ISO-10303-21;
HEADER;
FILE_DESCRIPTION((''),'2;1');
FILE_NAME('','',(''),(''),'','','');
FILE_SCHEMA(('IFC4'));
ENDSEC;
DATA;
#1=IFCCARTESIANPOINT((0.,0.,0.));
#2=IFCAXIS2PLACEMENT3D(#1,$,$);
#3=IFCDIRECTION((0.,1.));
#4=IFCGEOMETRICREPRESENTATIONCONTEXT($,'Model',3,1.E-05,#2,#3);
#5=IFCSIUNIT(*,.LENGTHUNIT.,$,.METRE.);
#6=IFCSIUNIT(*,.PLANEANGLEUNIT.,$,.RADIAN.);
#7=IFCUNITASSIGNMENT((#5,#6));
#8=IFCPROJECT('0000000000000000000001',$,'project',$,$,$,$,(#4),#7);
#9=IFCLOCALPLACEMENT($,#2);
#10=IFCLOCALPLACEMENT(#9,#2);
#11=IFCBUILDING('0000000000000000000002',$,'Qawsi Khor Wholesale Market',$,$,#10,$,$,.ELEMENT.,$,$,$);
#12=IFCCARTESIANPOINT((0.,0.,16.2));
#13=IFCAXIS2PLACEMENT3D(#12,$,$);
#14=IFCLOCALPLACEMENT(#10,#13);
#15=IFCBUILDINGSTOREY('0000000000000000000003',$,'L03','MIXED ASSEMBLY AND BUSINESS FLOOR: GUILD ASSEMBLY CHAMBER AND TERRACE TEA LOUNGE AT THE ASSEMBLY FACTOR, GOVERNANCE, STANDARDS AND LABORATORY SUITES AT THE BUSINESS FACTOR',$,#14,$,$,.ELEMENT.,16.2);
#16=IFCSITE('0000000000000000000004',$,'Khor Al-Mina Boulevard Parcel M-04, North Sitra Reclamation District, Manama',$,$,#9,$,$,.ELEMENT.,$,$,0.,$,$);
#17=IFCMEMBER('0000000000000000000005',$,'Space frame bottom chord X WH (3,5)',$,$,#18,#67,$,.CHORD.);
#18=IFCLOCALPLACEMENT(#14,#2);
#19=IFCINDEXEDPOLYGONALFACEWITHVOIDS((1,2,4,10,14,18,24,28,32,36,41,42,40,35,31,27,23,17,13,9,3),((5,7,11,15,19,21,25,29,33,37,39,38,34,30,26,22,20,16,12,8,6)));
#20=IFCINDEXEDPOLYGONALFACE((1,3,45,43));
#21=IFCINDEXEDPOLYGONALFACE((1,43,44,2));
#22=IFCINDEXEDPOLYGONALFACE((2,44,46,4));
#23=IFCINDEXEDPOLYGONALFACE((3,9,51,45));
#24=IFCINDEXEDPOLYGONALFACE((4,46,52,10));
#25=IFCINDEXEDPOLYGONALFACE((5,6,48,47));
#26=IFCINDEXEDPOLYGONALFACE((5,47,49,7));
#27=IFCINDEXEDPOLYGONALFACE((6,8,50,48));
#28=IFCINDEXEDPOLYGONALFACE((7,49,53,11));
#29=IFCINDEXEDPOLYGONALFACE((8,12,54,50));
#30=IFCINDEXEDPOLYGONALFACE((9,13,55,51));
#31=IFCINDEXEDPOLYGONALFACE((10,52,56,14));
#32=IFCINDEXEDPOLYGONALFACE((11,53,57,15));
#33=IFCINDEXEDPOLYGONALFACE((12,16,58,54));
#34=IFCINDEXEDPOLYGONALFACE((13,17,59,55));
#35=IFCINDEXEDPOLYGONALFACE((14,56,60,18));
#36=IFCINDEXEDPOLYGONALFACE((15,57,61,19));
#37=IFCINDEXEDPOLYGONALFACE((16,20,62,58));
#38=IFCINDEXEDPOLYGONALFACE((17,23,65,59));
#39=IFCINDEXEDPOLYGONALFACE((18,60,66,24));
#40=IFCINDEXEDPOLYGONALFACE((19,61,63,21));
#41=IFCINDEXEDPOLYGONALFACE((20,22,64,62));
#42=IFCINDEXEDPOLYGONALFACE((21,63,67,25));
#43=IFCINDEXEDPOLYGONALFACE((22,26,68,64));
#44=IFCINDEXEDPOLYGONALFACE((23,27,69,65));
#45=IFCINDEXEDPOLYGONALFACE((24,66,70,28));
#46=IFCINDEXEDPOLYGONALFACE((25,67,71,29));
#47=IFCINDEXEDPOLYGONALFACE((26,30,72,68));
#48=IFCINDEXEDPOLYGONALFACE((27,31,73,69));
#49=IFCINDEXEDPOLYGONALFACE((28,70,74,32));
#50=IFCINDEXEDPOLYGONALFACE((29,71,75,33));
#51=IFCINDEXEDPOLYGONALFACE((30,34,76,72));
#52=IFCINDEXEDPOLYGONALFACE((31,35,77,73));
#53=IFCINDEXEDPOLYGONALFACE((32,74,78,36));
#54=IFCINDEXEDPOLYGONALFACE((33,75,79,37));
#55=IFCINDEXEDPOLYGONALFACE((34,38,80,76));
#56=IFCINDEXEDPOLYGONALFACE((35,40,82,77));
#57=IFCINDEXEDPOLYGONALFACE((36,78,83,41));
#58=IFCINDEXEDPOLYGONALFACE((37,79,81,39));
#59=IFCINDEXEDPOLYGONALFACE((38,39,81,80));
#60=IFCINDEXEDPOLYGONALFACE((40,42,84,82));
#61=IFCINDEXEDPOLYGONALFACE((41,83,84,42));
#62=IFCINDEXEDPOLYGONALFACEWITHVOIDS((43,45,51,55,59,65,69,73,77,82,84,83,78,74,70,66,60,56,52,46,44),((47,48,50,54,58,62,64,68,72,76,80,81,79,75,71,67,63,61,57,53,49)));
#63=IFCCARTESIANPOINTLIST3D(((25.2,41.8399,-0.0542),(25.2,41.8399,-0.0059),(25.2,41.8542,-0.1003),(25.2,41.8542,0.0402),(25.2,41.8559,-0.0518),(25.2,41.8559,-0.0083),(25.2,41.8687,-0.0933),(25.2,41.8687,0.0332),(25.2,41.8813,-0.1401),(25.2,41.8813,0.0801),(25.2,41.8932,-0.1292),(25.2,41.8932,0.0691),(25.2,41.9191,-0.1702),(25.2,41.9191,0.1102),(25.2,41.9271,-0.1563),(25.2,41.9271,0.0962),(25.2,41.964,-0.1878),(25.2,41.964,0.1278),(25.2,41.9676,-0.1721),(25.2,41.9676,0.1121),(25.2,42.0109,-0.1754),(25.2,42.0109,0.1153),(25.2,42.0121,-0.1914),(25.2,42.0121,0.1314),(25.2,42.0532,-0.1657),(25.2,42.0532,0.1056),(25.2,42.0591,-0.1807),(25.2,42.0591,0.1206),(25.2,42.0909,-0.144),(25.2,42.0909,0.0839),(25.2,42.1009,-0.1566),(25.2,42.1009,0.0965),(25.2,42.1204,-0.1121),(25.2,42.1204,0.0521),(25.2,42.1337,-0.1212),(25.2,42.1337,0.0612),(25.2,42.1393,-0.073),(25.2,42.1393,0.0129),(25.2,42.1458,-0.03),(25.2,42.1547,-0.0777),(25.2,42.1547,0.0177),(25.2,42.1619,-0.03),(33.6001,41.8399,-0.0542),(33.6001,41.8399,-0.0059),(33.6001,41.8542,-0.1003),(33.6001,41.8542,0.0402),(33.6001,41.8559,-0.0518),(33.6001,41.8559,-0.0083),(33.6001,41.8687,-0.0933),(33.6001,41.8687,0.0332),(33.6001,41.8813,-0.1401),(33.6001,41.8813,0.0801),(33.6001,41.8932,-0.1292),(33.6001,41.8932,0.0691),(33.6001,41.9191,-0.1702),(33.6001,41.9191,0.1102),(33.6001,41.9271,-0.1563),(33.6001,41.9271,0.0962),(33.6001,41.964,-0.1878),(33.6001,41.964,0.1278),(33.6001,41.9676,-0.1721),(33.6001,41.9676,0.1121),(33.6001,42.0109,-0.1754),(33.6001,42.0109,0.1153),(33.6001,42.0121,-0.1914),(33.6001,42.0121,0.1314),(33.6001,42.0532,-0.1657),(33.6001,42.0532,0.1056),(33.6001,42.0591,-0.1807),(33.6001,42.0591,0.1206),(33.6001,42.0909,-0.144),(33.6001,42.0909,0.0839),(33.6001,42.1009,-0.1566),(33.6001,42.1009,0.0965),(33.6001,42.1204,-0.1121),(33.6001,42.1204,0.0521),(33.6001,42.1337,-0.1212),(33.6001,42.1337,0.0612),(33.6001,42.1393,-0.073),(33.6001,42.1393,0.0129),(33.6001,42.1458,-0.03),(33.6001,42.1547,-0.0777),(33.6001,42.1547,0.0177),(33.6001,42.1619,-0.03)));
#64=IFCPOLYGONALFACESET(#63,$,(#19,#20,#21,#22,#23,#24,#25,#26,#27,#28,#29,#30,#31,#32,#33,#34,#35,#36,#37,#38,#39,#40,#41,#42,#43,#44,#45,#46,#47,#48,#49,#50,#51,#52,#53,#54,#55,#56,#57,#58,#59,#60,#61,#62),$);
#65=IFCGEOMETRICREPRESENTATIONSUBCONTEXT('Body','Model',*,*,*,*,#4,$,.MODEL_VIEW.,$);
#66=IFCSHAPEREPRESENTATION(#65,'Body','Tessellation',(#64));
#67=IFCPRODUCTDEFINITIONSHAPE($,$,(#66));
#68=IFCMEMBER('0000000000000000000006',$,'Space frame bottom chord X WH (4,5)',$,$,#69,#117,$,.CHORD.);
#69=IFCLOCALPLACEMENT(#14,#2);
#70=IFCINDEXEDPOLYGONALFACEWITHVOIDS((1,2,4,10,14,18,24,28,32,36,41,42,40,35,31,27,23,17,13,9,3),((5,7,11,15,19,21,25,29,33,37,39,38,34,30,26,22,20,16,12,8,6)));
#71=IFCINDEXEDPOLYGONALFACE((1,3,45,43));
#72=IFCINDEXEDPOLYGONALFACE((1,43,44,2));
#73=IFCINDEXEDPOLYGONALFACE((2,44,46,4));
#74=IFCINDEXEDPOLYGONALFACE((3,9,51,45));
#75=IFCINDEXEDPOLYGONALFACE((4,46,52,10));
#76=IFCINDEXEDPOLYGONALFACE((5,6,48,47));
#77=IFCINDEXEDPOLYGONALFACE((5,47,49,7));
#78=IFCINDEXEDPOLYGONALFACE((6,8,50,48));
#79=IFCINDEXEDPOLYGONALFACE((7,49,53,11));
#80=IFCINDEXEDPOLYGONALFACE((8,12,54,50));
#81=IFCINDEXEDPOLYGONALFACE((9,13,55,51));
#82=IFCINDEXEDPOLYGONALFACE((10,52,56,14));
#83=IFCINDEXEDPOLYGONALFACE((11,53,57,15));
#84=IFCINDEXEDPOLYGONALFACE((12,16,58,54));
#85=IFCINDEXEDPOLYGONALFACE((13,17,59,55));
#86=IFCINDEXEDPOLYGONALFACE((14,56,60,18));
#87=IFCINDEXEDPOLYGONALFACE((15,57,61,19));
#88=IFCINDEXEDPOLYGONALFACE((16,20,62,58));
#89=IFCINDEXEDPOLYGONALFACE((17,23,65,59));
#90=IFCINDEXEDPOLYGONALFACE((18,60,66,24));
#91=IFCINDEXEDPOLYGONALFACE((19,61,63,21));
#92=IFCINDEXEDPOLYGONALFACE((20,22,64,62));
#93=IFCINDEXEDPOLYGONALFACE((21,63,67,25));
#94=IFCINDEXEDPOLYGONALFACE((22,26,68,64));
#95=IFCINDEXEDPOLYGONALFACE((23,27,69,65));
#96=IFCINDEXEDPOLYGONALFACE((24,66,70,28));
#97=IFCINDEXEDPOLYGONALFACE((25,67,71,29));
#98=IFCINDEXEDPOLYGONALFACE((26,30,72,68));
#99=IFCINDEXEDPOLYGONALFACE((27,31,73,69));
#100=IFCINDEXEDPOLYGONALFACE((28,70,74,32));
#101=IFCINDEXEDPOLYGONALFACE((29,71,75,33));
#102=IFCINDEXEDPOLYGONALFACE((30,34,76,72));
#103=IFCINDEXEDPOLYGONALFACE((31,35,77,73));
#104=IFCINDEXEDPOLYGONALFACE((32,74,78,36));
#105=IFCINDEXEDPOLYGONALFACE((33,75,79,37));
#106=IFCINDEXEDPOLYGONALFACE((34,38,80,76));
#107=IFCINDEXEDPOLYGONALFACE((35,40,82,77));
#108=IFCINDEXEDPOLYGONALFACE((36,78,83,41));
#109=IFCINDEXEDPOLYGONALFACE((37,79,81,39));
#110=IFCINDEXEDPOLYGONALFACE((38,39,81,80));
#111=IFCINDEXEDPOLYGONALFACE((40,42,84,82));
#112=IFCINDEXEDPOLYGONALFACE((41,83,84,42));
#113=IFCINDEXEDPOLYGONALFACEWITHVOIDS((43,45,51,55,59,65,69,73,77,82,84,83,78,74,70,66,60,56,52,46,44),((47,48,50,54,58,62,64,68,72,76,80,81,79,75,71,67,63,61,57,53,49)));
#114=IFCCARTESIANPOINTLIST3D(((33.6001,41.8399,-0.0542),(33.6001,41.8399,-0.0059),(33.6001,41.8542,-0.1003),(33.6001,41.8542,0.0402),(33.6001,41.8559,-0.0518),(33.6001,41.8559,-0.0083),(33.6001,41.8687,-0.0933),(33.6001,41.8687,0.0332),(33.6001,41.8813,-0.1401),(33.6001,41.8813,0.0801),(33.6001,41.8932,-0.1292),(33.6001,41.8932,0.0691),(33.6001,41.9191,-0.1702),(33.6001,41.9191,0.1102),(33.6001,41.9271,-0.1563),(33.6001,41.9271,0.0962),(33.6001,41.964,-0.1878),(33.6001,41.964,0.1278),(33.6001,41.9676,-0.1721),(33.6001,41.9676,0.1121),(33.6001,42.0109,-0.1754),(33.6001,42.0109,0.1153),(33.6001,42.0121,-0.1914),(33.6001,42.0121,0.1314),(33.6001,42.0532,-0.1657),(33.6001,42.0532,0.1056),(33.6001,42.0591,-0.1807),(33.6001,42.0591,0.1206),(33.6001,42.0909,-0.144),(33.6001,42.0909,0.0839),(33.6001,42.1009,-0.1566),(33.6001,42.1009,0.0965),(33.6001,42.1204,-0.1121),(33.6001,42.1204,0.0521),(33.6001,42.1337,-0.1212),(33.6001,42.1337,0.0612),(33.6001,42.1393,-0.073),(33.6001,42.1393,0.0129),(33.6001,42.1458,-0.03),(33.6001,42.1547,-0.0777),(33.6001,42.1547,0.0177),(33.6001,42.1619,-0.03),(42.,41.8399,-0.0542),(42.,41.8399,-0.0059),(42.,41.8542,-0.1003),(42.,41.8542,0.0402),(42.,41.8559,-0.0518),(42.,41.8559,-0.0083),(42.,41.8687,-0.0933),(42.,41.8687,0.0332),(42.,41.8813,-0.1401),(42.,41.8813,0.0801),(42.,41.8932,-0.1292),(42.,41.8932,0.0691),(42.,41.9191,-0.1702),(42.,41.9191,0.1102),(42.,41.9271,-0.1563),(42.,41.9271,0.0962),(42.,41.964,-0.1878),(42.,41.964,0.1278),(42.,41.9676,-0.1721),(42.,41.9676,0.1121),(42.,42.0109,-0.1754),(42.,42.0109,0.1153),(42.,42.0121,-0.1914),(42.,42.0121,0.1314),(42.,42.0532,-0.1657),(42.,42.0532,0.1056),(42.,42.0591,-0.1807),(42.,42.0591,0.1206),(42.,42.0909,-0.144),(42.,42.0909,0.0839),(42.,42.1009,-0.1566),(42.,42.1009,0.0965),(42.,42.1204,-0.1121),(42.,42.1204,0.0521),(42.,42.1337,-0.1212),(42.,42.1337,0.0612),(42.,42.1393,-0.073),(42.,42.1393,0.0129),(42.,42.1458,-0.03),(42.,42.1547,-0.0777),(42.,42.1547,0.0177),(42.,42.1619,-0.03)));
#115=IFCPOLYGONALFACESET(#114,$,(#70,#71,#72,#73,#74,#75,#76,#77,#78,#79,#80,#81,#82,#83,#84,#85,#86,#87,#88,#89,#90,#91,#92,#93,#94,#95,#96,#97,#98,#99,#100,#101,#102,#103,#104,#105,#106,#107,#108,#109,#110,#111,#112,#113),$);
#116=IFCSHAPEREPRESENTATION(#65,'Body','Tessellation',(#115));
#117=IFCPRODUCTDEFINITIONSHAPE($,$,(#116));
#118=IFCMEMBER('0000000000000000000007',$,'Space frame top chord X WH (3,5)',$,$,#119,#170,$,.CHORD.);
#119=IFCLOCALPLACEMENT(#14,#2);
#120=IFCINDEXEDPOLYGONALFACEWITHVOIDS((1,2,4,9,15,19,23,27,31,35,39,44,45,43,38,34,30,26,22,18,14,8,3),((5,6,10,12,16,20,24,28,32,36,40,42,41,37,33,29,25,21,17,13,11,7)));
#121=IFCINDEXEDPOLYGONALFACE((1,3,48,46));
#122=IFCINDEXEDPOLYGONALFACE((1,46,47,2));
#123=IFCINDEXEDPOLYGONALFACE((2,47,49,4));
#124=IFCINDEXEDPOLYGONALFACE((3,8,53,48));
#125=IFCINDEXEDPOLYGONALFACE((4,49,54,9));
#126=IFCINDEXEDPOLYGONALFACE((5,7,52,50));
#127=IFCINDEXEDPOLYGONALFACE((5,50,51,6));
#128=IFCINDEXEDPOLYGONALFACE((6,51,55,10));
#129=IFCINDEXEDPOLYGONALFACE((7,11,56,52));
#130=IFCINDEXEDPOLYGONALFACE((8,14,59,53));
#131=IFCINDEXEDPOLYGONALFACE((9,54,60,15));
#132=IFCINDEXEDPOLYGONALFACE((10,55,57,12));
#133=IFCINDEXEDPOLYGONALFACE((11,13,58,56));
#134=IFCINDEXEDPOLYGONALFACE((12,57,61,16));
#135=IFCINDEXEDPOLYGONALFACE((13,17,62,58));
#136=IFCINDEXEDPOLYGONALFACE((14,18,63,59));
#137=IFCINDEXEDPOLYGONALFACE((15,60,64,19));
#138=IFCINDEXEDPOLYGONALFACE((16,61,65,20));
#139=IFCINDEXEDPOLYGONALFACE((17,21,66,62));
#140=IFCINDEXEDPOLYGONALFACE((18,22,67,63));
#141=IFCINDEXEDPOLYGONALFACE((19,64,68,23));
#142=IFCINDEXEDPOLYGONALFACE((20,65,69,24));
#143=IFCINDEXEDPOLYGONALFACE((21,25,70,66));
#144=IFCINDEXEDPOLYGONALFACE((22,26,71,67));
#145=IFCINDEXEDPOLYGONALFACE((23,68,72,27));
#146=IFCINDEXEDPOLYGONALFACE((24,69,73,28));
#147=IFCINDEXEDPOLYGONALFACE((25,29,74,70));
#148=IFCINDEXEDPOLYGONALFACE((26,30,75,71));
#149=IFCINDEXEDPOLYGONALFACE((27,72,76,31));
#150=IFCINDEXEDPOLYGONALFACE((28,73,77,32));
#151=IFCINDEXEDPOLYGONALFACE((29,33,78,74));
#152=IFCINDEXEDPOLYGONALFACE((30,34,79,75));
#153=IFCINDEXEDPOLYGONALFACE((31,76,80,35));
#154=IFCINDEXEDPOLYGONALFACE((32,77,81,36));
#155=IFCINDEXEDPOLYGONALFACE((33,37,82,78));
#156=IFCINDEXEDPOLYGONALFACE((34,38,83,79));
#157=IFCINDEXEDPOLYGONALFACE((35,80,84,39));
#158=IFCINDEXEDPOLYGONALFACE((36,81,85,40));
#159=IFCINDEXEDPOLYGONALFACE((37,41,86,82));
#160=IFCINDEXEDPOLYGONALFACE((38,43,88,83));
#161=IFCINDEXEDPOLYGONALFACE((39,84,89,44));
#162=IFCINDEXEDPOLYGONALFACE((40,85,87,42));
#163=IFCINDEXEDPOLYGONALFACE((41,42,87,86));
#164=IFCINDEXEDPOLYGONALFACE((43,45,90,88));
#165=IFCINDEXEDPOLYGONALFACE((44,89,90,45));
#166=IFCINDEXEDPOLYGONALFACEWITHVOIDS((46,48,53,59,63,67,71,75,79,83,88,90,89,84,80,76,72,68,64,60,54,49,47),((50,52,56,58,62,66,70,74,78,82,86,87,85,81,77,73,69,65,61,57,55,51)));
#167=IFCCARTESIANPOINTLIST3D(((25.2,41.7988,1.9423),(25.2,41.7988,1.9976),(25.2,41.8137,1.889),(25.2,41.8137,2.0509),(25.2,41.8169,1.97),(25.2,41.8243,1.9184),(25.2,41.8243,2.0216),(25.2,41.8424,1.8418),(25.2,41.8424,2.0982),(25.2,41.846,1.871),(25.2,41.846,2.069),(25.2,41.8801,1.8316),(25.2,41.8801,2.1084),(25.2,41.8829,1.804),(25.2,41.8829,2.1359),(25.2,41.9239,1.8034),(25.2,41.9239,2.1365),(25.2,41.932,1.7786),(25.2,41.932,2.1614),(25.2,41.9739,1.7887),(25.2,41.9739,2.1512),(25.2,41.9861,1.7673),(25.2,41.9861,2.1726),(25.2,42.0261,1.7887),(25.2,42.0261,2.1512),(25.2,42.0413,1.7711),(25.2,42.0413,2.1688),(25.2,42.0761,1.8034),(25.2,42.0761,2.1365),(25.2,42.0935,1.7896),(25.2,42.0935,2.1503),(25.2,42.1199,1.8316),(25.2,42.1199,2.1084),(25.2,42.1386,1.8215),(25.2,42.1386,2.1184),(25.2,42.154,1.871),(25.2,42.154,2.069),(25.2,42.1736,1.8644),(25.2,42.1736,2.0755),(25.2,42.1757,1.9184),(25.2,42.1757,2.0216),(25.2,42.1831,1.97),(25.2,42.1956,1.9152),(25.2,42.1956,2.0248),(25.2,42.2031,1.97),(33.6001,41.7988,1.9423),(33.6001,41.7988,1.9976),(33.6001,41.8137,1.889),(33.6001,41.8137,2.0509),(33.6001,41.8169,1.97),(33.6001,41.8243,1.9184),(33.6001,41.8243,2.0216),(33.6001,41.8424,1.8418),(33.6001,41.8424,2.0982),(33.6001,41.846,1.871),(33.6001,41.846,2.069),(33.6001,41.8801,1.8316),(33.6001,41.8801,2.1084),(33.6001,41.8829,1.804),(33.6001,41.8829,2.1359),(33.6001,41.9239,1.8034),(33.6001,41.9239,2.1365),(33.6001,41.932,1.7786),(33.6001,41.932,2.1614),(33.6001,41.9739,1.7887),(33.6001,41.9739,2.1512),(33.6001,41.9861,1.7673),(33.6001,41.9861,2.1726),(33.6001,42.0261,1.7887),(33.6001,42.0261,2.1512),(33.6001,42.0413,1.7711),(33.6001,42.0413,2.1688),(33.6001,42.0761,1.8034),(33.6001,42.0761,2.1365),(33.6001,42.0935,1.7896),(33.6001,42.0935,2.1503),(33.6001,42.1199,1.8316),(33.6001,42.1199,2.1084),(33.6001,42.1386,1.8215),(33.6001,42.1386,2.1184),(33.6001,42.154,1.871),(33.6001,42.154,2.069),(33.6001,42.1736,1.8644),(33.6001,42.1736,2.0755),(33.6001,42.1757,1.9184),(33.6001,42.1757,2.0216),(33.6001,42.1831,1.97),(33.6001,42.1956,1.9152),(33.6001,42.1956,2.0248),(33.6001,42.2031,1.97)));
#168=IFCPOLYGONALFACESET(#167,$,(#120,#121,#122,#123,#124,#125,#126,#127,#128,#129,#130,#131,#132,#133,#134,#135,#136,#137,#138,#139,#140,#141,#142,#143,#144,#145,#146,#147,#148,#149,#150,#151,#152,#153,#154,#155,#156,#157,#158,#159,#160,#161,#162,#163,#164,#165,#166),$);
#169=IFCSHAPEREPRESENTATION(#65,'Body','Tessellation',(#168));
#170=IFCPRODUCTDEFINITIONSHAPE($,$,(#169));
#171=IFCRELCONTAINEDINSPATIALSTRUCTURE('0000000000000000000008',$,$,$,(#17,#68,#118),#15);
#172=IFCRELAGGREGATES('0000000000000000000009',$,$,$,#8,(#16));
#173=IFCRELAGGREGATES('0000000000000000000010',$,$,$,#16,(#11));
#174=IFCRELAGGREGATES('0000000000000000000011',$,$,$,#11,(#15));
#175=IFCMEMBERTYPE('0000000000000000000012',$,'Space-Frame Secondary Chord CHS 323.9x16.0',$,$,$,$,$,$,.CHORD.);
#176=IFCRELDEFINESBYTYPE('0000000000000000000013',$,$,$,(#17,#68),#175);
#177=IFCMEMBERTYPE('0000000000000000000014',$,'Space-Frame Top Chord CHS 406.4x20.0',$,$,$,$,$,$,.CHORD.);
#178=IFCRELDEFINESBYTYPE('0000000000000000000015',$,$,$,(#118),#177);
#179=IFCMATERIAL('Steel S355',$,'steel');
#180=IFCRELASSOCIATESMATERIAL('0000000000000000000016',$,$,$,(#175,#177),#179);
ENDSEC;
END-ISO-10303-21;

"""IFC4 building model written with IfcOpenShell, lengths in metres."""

from ifc_helpers import new_model, si_unit, direction, frame, origin, origin_2d, place, context, subcontext, project, spatial, hollow_circle, extrude, material, material_profile, profile_set, type_object, element, save


model = new_model("IFC4")

# Units and contexts
model_context = context("Model", 3, precision=1e-05, world=origin(), true_north=direction((0.0, 1.0)))
body_context = subcontext(model_context, "Body", "Model", "MODEL_VIEW")
ifc_project = project(units=[si_unit("LENGTHUNIT", "METRE"), si_unit("PLANEANGLEUNIT", "RADIAN")], contexts=[model_context])

# Site, building, storey
site_placement = place(None, origin())
site = spatial("IfcSite", under=ifc_project, at=site_placement, Name="Khor Al-Mina Boulevard Parcel M-04, North Sitra Reclamation District, Manama", CompositionType="ELEMENT", RefElevation=0.0)
building_placement = place(site_placement, origin())
building = spatial("IfcBuilding", under=site, at=building_placement, Name="Qawsi Khor Wholesale Market", CompositionType="ELEMENT")
storey_placement = place(building_placement, frame((0.0, 0.0, 16.2)))
storey = spatial("IfcBuildingStorey", under=building, at=storey_placement, Name="L03", Description="MIXED ASSEMBLY AND BUSINESS FLOOR: GUILD ASSEMBLY CHAMBER AND TERRACE TEA LOUNGE AT THE ASSEMBLY FACTOR, GOVERNANCE, STANDARDS AND LABORATORY SUITES AT THE BUSINESS FACTOR", CompositionType="ELEMENT", Elevation=16.2)

# Members
ifc_material_1 = material(Name="Steel S355", Category="steel")
ifc_material_profile_1 = material_profile(ifc_material_1, hollow_circle(Radius=0.1619, WallThickness=0.0161, at=origin_2d()), Name="CHS 323.9x16.0")
ifc_profile_set_1 = profile_set([ifc_material_profile_1], Name="Steel S355")
member_type_1 = type_object("IfcMemberType", Name="Space-Frame Secondary Chord CHS 323.9x16.0", PredefinedType="CHORD", material=ifc_profile_set_1)
member_1_placement = place(storey_placement, frame((25.2, 42.0, -0.03), z_axis=(1.0, 0.0, 0.0), x_axis=(0.0, 1.0, 0.0)))
element("IfcMember", 1, at=member_1_placement, inside=storey, type_object=member_type_1, Name="Space frame bottom chord X WH (3,5)", PredefinedType="CHORD", context=body_context, shape_type="SweptSolid", body=[
    extrude(hollow_circle(Radius=0.1619, WallThickness=0.0161, at=origin_2d()), origin(), (0.0, 0.0, 1.0), 8.4001),
])
member_2_placement = place(storey_placement, frame((33.6001, 42.0, -0.03), z_axis=(1.0, 0.0, 0.0), x_axis=(0.0, 1.0, 0.0)))
element("IfcMember", 2, at=member_2_placement, inside=storey, type_object=member_type_1, Name="Space frame bottom chord X WH (4,5)", PredefinedType="CHORD", context=body_context, shape_type="SweptSolid", body=[
    extrude(hollow_circle(Radius=0.1619, WallThickness=0.0161, at=origin_2d()), origin(), (0.0, 0.0, 1.0), 8.3999),
])
ifc_material_profile_2 = material_profile(ifc_material_1, hollow_circle(Radius=0.2031, WallThickness=0.02, at=origin_2d()), Name="CHS 406.4x20.0")
ifc_profile_set_2 = profile_set([ifc_material_profile_2], Name="Steel S355")
member_type_2 = type_object("IfcMemberType", Name="Space-Frame Top Chord CHS 406.4x20.0", PredefinedType="CHORD", material=ifc_profile_set_2)
member_3_placement = place(storey_placement, frame((25.2, 42.0, 1.97), z_axis=(1.0, 0.0, 0.0), x_axis=(0.0, 1.0, 0.0)))
element("IfcMember", 3, at=member_3_placement, inside=storey, type_object=member_type_2, Name="Space frame top chord X WH (3,5)", PredefinedType="CHORD", context=body_context, shape_type="SweptSolid", body=[
    extrude(hollow_circle(Radius=0.2031, WallThickness=0.02, at=origin_2d()), origin(), (0.0, 0.0, 1.0), 8.4001),
])

save(model, "model.ifc")
